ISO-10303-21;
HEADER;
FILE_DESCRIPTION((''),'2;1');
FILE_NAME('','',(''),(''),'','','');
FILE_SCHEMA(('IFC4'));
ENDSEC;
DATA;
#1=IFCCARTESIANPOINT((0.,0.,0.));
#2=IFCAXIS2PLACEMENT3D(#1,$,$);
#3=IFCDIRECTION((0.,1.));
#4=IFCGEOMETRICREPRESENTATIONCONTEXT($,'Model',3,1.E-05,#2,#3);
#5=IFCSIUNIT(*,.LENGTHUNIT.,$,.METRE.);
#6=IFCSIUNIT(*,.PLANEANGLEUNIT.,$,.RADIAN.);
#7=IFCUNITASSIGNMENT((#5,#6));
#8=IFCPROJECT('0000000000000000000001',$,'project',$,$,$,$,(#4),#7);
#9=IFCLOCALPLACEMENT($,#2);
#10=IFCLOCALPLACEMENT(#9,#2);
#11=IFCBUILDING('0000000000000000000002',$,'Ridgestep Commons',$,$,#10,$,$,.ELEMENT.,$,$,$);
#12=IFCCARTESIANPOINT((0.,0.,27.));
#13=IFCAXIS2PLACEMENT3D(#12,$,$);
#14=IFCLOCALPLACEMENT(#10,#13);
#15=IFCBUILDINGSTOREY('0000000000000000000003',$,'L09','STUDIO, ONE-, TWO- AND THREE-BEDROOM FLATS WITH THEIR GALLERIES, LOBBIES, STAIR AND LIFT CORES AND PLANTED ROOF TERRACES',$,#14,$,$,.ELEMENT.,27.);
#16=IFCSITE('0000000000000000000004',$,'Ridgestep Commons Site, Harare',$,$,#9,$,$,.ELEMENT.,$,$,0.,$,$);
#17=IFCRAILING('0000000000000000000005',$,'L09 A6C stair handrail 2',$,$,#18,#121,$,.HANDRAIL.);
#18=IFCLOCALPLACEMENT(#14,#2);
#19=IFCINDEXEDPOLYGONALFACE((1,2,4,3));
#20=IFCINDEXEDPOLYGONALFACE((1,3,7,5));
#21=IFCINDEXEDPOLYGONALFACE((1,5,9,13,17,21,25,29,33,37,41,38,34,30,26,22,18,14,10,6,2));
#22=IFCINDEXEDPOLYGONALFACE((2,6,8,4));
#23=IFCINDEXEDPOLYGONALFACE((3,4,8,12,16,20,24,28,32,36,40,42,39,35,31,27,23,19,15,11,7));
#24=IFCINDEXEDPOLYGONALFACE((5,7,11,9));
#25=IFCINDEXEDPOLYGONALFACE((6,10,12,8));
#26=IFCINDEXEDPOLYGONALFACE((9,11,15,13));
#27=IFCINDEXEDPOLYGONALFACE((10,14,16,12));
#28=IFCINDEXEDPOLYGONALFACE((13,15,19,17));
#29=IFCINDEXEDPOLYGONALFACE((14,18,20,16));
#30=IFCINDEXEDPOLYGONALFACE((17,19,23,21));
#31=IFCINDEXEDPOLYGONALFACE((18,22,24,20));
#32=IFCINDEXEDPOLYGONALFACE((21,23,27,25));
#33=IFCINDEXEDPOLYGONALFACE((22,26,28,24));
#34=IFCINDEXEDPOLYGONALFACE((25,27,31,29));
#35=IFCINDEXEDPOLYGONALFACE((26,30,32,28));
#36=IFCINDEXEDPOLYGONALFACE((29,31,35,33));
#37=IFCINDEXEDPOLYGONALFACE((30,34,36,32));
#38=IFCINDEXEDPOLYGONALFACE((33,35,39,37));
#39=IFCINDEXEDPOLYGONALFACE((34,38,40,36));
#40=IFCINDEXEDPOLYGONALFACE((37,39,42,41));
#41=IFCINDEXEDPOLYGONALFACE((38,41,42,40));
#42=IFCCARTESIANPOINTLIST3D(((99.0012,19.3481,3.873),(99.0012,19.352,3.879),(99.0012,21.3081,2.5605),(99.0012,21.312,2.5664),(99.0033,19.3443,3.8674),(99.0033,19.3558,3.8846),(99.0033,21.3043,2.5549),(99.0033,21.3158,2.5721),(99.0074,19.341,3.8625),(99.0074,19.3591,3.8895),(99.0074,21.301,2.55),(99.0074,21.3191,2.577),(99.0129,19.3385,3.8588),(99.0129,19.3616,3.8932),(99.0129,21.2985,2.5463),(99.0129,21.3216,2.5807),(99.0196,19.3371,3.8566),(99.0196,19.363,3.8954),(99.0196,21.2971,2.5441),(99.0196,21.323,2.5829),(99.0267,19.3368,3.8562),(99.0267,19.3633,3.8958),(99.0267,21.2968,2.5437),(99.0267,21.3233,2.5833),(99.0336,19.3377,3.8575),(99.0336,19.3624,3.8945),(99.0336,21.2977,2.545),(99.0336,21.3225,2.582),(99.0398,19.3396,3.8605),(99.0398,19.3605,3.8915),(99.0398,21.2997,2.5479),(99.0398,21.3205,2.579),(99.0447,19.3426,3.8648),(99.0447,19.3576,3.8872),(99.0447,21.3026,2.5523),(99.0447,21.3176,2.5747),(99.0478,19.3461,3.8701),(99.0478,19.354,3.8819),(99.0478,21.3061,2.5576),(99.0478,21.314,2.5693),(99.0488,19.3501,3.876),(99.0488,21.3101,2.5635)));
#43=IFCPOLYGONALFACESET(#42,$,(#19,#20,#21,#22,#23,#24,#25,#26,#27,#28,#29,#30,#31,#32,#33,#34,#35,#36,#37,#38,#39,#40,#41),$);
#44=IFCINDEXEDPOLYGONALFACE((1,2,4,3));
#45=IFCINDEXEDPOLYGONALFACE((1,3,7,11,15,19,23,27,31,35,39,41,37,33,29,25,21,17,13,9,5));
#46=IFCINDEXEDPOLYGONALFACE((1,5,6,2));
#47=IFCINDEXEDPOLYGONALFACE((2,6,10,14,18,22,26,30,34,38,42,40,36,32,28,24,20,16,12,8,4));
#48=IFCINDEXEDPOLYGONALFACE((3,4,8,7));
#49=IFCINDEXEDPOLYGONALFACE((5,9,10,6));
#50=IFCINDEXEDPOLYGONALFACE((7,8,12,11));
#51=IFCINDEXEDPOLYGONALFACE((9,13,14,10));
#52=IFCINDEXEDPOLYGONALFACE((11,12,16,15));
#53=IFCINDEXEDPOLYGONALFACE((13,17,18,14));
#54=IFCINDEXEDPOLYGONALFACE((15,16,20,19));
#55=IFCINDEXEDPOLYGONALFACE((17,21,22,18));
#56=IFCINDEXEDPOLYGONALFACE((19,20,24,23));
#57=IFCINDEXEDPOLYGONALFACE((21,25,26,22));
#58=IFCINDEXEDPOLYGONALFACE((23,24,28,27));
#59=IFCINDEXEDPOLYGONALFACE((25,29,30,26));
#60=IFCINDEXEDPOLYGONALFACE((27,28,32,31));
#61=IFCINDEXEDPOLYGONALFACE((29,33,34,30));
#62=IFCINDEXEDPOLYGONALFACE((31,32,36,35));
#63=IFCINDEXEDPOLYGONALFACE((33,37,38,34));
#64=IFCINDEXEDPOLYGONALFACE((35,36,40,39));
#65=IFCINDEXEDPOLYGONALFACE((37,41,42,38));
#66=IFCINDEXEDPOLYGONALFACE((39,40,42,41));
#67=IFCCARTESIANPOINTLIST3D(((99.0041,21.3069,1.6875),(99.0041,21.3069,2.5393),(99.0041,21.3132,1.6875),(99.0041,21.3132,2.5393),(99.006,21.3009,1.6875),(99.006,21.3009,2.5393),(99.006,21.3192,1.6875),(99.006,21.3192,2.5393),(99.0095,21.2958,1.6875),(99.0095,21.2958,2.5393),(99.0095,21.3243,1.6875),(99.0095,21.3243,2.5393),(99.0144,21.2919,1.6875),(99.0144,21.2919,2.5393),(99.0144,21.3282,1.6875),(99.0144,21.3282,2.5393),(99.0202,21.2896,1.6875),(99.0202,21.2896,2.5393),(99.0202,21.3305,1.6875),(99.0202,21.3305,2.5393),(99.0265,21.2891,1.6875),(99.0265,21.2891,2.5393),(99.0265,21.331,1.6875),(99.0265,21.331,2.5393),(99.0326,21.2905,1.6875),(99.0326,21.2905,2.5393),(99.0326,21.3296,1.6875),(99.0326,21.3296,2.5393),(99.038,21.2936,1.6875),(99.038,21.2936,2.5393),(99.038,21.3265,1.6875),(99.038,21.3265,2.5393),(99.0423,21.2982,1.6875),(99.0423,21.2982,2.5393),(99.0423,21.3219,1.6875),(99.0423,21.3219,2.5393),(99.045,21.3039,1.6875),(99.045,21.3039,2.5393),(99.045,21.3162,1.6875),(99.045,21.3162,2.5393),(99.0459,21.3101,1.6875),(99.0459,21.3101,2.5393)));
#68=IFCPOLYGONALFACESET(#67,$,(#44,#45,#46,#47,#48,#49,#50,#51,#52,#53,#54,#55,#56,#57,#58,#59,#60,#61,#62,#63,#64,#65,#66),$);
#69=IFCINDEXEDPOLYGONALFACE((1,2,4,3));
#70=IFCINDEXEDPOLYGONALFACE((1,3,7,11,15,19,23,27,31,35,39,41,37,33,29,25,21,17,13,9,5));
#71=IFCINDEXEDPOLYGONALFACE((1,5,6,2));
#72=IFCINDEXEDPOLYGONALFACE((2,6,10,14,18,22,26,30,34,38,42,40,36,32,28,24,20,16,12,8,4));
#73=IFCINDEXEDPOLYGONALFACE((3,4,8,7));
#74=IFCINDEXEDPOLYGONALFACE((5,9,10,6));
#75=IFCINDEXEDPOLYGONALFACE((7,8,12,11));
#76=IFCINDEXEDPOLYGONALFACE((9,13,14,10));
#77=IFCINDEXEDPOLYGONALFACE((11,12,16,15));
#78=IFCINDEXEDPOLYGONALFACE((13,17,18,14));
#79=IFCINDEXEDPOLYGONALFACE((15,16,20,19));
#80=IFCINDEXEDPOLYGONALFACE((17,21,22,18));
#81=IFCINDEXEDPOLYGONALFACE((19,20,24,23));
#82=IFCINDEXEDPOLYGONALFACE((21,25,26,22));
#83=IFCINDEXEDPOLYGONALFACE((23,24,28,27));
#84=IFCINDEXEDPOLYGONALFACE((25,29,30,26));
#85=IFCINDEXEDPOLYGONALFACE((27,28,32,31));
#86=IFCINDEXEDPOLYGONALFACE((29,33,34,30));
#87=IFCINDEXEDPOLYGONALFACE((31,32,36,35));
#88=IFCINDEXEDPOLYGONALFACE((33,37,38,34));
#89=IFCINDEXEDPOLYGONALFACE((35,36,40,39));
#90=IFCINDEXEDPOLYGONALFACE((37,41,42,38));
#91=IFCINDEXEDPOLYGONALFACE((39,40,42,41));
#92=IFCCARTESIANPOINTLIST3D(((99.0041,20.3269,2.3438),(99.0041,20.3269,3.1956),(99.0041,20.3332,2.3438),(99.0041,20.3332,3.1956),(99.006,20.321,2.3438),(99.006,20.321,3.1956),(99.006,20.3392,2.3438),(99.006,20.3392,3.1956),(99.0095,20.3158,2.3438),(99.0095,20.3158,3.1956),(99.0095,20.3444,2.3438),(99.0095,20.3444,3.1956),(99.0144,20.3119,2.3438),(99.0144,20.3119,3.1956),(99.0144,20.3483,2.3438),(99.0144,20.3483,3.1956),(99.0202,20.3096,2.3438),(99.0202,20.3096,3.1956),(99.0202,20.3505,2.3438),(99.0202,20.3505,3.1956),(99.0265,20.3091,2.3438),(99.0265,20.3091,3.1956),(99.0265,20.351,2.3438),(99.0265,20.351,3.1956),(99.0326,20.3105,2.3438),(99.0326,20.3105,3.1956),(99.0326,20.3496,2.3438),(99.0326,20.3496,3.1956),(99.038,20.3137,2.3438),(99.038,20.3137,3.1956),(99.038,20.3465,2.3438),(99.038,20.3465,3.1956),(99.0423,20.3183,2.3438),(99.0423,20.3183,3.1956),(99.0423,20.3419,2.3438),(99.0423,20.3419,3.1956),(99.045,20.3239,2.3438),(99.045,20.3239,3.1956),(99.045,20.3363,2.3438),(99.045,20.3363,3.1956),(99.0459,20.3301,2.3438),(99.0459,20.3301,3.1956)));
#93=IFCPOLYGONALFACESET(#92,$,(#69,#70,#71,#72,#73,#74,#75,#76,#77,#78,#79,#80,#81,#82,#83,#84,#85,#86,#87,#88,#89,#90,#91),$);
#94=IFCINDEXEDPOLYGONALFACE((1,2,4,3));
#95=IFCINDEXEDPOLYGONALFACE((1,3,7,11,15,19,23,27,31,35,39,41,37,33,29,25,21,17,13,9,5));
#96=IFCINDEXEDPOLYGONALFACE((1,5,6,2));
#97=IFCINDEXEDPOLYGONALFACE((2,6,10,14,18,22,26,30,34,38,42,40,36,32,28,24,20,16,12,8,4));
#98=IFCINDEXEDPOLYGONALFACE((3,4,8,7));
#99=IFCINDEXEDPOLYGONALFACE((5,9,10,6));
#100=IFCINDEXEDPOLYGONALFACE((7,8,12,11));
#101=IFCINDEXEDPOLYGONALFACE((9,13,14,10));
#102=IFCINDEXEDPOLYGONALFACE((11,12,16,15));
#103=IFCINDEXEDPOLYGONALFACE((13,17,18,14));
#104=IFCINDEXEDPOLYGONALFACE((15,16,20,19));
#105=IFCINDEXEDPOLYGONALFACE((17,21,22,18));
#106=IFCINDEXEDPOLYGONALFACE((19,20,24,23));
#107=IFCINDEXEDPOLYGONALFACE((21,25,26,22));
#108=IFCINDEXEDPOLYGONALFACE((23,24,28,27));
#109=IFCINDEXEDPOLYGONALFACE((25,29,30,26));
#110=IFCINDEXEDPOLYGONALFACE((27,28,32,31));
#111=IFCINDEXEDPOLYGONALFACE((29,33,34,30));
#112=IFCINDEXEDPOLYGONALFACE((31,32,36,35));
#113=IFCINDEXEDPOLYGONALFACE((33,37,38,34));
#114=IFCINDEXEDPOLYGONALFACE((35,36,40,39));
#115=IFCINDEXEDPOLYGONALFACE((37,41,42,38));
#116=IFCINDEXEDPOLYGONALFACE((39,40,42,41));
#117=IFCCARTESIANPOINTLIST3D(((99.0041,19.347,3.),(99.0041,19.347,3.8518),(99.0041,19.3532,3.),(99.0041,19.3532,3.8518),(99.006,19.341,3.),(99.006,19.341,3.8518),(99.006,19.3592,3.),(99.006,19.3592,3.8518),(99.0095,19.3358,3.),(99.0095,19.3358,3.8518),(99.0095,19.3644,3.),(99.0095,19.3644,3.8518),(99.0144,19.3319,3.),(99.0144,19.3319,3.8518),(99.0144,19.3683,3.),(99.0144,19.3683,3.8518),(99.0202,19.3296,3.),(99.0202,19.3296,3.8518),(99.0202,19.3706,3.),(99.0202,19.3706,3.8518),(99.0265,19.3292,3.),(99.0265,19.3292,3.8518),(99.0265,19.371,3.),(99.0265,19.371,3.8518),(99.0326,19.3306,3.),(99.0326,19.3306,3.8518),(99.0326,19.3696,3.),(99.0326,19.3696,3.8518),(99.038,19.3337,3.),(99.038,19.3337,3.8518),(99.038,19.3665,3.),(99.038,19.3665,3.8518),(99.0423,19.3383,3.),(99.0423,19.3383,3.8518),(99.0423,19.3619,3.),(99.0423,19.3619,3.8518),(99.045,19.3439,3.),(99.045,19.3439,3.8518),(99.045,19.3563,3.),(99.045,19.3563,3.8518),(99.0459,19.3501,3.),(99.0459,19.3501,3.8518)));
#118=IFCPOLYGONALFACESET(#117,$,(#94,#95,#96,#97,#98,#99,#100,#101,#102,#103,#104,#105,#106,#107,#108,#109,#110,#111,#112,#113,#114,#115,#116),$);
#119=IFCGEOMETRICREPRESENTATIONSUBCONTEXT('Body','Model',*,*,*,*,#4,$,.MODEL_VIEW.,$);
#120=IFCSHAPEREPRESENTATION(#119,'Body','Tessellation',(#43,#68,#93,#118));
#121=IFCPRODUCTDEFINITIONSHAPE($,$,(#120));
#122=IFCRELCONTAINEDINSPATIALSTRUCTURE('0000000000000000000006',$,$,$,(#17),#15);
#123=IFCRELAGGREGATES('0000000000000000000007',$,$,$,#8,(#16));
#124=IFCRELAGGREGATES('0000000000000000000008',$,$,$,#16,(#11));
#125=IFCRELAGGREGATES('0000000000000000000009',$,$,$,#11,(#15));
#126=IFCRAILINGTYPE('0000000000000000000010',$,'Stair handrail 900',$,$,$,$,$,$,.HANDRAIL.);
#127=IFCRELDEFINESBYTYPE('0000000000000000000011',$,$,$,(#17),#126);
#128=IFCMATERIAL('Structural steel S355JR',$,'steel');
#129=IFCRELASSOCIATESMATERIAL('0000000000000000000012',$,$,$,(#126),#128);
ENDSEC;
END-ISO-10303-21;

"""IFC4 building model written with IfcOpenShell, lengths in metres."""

from ifc_helpers import new_model, si_unit, direction, frame, origin, origin_2d, place, context, subcontext, project, spatial, circle, extrude, material, type_object, element, save


model = new_model("IFC4")

# Units and contexts
model_context = context("Model", 3, precision=1e-05, world=origin(), true_north=direction((0.0, 1.0)))
body_context = subcontext(model_context, "Body", "Model", "MODEL_VIEW")
ifc_project = project(units=[si_unit("LENGTHUNIT", "METRE"), si_unit("PLANEANGLEUNIT", "RADIAN")], contexts=[model_context])

# Site, building, storey
site_placement = place(None, origin())
site = spatial("IfcSite", under=ifc_project, at=site_placement, Name="Ridgestep Commons Site, Harare", CompositionType="ELEMENT", RefElevation=0.0)
building_placement = place(site_placement, origin())
building = spatial("IfcBuilding", under=site, at=building_placement, Name="Ridgestep Commons", CompositionType="ELEMENT")
storey_placement = place(building_placement, frame((0.0, 0.0, 27.0)))
storey = spatial("IfcBuildingStorey", under=building, at=storey_placement, Name="L09", Description="STUDIO, ONE-, TWO- AND THREE-BEDROOM FLATS WITH THEIR GALLERIES, LOBBIES, STAIR AND LIFT CORES AND PLANTED ROOF TERRACES", CompositionType="ELEMENT", Elevation=27.0)

# Railing
ifc_material_1 = material(Name="Structural steel S355JR", Category="steel")
railing_type_1 = type_object("IfcRailingType", Name="Stair handrail 900", PredefinedType="HANDRAIL", material=ifc_material_1)
railing_1_placement = place(storey_placement, frame((99.0249, 21.3101, 1.6875)))
element("IfcRailing", 1, at=railing_1_placement, inside=storey, type_object=railing_type_1, Name="L09 A6C stair handrail 2", PredefinedType="HANDRAIL", context=body_context, shape_type="SweptSolid", body=[
    extrude(circle(Radius=0.0239, at=origin_2d()), frame((0.0, 0.0, 0.876), z_axis=(0.0, -0.830902, 0.556419), x_axis=(1.0, 0.0, 0.0)), (0.0, 0.0, 1.0), 2.3589),
    extrude(circle(Radius=0.021, at=origin_2d()), origin(), (0.0, 0.0, 1.0), 0.8518),
    extrude(circle(Radius=0.021, at=origin_2d()), frame((0.0, -0.98, 0.6562)), (0.0, 0.0, 1.0), 0.8518),
    extrude(circle(Radius=0.021, at=origin_2d()), frame((0.0, -1.96, 1.3125)), (0.0, 0.0, 1.0), 0.8518),
])

save(model, "model.ifc")
